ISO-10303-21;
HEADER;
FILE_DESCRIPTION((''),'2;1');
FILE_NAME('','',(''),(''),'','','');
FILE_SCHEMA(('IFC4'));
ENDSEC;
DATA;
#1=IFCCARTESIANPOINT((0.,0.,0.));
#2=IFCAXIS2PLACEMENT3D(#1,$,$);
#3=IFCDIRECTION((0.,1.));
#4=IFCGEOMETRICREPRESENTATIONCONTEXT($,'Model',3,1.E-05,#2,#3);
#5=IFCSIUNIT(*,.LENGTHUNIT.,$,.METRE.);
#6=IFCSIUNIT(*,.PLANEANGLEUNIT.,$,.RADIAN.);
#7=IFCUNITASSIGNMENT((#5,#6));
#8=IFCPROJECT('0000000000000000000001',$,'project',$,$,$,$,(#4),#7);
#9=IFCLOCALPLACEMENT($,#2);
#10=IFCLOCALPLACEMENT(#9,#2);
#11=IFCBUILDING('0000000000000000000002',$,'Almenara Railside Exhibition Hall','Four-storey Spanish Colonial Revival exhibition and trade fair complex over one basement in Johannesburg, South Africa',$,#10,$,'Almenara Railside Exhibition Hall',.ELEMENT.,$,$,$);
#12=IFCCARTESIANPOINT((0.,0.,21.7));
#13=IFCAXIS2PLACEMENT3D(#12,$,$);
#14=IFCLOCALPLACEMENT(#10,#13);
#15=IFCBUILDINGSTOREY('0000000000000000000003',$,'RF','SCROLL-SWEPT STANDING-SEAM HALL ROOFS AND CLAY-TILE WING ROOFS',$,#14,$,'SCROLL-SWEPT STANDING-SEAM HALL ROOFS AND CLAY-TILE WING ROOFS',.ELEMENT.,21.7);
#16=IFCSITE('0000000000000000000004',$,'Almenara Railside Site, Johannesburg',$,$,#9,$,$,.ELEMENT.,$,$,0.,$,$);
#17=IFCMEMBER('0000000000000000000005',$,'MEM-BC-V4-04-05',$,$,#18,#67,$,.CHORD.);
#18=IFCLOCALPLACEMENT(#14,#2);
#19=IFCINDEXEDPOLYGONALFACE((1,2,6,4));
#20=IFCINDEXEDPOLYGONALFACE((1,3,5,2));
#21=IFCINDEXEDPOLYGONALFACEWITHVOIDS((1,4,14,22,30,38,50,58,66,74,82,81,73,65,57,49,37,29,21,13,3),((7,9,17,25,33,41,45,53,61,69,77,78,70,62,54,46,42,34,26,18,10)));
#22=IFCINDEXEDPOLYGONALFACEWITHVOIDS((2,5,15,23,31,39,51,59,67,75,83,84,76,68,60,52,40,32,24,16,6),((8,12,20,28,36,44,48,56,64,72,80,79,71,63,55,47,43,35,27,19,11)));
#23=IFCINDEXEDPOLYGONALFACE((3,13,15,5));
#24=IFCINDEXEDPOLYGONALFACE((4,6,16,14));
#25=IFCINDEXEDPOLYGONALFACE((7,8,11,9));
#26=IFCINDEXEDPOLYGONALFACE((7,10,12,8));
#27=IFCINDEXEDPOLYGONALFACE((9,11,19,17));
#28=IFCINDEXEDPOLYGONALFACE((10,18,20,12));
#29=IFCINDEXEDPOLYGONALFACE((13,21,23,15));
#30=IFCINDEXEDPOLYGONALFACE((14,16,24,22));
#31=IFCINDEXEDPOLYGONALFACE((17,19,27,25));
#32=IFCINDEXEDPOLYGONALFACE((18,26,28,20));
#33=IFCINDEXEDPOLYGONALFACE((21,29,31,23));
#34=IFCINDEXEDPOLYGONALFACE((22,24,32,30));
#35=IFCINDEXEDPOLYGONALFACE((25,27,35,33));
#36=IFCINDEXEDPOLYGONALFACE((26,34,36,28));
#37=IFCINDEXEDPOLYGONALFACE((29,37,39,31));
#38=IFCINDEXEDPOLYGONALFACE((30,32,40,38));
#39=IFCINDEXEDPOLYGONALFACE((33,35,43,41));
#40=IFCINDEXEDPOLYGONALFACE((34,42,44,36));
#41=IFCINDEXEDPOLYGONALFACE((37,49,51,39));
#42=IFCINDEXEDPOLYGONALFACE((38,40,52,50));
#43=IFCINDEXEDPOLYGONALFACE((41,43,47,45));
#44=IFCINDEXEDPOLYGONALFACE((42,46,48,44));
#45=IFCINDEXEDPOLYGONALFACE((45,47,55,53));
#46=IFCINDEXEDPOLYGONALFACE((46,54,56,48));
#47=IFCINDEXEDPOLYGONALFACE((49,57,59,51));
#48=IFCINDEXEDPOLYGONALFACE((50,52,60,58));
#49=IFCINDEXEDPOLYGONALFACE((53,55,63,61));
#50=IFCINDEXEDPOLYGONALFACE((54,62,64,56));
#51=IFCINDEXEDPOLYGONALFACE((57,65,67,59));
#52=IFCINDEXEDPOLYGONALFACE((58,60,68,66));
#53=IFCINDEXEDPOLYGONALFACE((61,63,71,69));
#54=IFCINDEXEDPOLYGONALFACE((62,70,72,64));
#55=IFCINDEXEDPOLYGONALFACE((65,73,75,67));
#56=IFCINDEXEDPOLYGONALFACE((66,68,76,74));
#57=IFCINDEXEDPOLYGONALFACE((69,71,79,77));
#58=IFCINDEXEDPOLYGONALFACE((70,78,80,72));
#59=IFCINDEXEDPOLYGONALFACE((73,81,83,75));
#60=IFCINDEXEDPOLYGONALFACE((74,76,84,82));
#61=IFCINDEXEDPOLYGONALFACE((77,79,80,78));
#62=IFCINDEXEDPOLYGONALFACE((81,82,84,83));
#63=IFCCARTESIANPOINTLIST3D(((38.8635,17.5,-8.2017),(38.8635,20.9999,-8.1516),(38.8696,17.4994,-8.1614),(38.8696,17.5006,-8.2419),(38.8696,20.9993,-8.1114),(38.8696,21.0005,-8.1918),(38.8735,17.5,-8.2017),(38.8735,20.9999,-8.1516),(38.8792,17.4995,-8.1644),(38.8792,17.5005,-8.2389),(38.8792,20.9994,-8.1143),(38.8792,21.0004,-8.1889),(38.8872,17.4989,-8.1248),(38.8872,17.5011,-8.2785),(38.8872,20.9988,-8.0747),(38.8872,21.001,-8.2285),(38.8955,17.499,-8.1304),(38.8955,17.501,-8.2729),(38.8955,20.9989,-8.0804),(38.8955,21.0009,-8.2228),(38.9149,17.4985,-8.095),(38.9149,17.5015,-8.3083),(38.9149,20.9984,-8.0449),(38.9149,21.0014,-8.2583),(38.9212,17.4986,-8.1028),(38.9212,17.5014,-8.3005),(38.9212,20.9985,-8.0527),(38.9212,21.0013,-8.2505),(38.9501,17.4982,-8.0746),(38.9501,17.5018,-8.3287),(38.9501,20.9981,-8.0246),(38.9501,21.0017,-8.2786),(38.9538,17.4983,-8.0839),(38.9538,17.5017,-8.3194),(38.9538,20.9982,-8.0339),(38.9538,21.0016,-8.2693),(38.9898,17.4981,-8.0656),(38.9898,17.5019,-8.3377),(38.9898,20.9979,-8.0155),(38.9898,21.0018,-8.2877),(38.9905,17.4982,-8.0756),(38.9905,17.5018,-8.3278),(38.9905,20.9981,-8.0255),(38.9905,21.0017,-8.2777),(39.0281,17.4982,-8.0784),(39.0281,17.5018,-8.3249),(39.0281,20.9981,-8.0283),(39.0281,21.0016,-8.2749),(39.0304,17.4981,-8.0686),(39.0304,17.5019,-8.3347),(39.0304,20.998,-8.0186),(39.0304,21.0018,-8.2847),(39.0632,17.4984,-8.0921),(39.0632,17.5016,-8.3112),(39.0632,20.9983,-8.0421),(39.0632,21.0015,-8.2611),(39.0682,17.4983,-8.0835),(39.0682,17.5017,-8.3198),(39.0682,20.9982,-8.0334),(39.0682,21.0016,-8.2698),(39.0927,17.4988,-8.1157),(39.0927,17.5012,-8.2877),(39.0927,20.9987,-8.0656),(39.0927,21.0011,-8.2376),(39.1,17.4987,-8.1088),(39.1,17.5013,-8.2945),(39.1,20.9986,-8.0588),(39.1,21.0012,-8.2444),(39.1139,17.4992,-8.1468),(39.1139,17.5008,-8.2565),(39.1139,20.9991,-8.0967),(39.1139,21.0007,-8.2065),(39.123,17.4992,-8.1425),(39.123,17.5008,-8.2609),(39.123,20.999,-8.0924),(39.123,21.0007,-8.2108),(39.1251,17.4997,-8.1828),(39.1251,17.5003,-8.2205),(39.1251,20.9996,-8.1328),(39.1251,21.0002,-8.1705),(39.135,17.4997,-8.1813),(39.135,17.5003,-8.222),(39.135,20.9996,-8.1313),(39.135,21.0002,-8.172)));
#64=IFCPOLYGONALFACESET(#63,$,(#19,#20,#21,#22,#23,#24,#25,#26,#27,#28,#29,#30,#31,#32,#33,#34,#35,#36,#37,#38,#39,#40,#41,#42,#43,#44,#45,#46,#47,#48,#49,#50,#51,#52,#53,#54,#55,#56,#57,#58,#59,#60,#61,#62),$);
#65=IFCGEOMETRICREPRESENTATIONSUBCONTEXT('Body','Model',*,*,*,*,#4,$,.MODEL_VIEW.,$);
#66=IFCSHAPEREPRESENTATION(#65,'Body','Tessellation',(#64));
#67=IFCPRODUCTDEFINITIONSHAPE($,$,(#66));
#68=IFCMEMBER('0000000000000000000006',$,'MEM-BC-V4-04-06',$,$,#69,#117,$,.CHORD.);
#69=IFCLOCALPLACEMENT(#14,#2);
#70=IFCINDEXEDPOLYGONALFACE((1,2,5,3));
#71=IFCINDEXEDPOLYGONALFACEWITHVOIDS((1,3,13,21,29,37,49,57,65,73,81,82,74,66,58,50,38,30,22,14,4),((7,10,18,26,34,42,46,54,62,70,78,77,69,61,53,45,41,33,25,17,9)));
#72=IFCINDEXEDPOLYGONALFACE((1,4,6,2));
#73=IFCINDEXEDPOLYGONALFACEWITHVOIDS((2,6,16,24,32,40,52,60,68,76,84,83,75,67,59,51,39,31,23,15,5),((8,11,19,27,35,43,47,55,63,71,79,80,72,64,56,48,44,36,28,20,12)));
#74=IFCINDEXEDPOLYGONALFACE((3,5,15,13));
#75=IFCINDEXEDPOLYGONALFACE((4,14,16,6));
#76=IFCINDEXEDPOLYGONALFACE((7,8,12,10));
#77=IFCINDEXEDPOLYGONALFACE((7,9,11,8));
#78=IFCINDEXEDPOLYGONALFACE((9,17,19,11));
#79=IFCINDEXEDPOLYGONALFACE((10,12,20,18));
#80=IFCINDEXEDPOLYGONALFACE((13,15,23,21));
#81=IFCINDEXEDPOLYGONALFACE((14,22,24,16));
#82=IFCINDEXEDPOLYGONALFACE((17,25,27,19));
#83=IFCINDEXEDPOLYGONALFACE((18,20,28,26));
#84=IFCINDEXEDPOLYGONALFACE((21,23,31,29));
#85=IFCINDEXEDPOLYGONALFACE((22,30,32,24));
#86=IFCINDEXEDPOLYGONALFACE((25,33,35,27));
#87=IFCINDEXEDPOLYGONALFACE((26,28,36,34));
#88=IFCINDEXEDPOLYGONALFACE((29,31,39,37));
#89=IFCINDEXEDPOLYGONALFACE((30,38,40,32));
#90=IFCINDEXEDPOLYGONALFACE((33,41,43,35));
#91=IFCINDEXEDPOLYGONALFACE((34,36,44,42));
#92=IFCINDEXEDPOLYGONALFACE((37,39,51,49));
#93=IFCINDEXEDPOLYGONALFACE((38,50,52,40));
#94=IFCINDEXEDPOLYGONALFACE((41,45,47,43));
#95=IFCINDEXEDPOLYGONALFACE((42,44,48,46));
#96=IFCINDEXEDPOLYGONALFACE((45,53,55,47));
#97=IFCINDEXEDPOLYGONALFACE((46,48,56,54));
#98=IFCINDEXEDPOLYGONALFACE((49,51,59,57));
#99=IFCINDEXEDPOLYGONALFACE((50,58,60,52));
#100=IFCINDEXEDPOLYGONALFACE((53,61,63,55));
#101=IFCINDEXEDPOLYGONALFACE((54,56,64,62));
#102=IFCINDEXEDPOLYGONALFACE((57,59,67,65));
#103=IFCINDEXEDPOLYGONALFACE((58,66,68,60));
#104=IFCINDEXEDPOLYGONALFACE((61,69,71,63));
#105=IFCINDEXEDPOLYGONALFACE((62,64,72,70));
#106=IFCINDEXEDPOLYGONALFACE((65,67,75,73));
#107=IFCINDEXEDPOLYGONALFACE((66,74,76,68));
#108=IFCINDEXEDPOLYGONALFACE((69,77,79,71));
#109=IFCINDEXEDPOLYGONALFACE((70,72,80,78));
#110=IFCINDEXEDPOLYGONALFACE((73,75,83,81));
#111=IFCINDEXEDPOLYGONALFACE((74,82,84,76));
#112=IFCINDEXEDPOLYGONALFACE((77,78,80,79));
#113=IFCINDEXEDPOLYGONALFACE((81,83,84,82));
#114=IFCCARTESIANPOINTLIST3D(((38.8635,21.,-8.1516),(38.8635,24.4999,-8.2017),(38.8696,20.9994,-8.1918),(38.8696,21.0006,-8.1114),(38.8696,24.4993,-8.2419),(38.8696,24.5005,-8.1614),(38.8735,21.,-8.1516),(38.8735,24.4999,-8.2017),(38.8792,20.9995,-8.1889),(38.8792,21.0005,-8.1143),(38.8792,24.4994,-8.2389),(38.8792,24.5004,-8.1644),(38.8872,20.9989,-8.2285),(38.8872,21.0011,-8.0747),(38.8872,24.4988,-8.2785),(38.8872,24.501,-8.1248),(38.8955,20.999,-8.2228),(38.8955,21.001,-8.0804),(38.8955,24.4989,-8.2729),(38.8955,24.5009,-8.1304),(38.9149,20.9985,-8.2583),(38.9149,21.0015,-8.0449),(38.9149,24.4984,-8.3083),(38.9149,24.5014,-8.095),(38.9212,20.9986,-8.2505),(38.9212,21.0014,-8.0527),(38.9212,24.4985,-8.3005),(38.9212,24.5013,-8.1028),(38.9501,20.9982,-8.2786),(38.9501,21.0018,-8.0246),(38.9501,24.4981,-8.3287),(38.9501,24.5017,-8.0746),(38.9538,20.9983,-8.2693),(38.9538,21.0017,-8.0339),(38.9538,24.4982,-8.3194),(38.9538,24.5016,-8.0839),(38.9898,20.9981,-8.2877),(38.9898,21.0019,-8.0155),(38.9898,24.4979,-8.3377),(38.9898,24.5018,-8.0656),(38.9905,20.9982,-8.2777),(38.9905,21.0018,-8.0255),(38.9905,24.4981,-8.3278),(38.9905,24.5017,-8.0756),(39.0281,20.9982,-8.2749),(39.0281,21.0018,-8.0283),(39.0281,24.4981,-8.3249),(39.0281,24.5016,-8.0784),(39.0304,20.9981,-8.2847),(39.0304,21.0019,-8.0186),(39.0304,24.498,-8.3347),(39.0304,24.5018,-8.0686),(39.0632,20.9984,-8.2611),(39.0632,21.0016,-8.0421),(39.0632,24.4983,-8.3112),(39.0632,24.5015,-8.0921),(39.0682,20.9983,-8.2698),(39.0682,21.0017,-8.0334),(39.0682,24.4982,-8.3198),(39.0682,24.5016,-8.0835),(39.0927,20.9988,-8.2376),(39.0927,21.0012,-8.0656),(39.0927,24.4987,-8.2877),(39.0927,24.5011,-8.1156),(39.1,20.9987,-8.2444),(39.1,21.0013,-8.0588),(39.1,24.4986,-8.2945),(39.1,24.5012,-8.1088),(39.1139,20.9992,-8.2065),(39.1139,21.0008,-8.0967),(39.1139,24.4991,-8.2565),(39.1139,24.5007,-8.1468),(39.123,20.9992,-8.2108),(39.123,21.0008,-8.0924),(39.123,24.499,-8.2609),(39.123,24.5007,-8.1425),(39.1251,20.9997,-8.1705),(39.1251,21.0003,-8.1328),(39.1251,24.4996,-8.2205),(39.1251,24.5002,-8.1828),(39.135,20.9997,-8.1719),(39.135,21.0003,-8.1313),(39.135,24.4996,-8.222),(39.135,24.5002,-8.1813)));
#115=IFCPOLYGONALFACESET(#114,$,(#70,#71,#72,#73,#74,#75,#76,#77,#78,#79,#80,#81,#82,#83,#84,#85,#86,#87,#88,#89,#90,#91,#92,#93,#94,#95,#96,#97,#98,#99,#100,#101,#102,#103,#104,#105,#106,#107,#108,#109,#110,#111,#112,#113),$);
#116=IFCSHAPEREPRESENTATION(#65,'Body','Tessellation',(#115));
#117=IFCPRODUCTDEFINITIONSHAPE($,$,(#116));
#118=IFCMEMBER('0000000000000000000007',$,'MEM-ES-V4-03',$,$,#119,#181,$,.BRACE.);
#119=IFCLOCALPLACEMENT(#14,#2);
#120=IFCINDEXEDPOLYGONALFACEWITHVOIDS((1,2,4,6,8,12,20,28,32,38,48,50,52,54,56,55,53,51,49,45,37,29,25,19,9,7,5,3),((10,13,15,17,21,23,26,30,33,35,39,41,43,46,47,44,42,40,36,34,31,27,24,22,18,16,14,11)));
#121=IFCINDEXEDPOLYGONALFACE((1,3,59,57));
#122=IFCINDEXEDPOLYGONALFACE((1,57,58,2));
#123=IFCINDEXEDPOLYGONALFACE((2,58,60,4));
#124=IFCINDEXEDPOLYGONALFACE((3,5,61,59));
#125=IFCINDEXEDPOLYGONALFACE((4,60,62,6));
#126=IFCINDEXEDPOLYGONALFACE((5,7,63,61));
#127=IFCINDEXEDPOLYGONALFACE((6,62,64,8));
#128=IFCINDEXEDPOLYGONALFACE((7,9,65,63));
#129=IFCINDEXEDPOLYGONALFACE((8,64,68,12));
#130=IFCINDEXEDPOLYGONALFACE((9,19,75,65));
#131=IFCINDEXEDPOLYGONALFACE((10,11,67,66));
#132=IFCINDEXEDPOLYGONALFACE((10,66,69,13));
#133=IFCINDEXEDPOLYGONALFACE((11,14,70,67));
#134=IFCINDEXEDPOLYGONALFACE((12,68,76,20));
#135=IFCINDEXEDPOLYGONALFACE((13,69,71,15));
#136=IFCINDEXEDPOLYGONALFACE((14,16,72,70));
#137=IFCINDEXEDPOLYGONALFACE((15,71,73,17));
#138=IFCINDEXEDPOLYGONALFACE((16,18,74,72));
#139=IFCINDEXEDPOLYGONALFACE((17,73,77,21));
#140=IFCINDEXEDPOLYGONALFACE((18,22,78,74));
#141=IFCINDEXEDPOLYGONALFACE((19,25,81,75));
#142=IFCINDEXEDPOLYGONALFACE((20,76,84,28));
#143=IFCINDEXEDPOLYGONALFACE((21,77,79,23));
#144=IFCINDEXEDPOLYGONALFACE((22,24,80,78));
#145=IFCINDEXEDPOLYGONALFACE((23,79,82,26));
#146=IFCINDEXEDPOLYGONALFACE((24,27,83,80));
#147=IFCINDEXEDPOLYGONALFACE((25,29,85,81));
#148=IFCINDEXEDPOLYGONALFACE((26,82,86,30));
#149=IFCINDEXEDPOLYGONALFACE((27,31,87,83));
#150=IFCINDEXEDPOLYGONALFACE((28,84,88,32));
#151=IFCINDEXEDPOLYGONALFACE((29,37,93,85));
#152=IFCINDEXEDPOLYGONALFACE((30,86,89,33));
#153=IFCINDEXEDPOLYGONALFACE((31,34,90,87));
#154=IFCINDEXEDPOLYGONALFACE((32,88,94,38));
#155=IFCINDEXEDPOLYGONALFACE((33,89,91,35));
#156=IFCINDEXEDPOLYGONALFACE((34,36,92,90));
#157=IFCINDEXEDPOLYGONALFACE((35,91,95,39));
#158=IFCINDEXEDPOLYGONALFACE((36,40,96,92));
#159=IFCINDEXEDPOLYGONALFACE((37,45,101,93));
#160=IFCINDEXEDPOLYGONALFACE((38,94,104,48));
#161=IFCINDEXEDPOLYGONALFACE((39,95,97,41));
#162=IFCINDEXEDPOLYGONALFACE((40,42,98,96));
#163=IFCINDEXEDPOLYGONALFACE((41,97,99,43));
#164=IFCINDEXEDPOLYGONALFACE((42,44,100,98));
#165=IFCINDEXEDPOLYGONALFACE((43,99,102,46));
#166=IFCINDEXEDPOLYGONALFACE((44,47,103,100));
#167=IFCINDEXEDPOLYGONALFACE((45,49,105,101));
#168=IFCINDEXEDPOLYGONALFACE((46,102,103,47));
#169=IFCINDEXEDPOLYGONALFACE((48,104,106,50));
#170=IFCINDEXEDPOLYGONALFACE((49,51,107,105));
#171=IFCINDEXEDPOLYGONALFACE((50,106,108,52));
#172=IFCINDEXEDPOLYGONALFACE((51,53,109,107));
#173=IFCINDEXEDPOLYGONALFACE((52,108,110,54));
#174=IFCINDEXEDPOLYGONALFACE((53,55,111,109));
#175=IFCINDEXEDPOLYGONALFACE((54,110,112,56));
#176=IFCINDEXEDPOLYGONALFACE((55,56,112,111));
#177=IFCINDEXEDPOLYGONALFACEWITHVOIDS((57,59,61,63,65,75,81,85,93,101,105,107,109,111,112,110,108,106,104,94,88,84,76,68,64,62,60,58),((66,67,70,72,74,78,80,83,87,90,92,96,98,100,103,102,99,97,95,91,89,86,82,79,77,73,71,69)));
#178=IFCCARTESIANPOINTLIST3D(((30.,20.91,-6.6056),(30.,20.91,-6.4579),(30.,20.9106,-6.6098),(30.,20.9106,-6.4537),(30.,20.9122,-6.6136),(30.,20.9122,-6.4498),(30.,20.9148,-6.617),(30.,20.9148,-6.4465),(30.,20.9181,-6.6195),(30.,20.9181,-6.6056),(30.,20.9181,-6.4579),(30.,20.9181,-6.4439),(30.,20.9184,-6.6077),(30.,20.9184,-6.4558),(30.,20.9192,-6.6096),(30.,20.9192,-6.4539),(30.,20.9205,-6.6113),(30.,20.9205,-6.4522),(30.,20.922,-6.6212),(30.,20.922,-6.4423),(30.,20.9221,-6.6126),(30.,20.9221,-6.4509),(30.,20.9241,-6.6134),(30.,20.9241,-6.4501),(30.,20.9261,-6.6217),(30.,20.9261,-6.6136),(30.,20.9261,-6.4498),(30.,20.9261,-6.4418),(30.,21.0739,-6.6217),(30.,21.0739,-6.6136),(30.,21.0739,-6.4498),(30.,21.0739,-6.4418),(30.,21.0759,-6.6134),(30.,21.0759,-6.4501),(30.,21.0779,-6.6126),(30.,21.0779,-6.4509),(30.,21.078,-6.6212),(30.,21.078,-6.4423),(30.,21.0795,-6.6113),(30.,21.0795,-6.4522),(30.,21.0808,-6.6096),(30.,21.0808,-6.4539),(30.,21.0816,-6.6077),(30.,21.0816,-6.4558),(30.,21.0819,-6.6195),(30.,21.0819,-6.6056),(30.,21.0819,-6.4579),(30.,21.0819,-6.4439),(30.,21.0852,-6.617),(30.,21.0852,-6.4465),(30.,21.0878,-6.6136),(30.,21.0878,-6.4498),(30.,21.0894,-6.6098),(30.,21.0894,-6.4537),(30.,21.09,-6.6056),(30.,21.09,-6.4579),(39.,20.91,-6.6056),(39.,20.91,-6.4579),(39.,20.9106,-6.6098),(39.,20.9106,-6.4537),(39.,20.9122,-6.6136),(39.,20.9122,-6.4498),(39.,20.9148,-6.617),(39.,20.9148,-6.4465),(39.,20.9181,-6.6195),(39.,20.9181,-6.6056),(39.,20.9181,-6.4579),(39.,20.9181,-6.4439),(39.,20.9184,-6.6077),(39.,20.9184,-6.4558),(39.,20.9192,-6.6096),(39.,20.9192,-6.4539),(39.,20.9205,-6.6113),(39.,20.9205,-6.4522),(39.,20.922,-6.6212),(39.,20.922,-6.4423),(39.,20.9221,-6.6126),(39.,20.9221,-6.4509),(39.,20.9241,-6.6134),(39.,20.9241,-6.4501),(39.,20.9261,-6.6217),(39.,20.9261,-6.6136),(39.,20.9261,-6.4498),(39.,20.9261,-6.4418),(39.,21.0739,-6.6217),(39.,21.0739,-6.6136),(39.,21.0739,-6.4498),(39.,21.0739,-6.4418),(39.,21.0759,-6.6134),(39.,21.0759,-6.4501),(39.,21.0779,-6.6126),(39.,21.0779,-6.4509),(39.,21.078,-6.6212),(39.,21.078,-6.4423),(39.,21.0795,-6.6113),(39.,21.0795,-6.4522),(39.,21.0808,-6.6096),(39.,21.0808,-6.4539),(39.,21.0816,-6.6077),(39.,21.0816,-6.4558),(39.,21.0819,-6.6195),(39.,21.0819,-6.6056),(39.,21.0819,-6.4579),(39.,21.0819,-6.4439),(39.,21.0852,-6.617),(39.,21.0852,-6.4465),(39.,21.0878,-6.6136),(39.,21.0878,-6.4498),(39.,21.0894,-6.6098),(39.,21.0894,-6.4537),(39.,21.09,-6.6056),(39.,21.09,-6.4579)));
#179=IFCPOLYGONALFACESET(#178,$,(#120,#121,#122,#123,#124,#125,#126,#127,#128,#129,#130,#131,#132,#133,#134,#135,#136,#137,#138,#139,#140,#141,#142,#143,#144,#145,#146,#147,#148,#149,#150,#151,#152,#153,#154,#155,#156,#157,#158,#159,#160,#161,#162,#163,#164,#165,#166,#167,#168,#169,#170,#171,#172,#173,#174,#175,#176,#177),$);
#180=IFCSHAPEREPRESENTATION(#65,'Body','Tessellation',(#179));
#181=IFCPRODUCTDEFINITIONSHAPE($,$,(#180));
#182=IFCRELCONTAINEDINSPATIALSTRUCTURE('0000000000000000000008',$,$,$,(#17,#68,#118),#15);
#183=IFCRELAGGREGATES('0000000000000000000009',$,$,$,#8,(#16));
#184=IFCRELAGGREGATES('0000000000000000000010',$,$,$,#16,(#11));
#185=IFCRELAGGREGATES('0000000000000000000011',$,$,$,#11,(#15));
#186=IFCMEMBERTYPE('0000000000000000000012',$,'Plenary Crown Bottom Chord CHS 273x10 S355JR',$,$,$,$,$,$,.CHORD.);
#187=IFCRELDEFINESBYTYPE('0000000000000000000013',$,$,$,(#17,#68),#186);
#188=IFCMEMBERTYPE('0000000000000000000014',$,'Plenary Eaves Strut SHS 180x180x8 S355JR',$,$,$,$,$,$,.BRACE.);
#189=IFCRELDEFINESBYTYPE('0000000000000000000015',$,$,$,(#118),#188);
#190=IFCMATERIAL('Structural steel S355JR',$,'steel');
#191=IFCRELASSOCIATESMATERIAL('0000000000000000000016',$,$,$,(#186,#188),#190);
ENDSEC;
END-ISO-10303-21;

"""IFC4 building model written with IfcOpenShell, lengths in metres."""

from ifc_helpers import new_model, si_unit, direction, frame, origin, origin_2d, place, context, subcontext, project, spatial, hollow_rectangle, hollow_circle, extrude, material, material_profile, profile_set, type_object, element, save


model = new_model("IFC4")

# Units and contexts
model_context = context("Model", 3, precision=1e-05, world=origin(), true_north=direction((0.0, 1.0)))
body_context = subcontext(model_context, "Body", "Model", "MODEL_VIEW")
ifc_project = project(units=[si_unit("LENGTHUNIT", "METRE"), si_unit("PLANEANGLEUNIT", "RADIAN")], contexts=[model_context])

# Site, building, storey
site_placement = place(None, origin())
site = spatial("IfcSite", under=ifc_project, at=site_placement, Name="Almenara Railside Site, Johannesburg", CompositionType="ELEMENT", RefElevation=0.0)
building_placement = place(site_placement, origin())
building = spatial("IfcBuilding", under=site, at=building_placement, Name="Almenara Railside Exhibition Hall", Description="Four-storey Spanish Colonial Revival exhibition and trade fair complex over one basement in Johannesburg, South Africa", LongName="Almenara Railside Exhibition Hall", CompositionType="ELEMENT")
storey_placement = place(building_placement, frame((0.0, 0.0, 21.7)))
storey = spatial("IfcBuildingStorey", under=building, at=storey_placement, Name="RF", Description="SCROLL-SWEPT STANDING-SEAM HALL ROOFS AND CLAY-TILE WING ROOFS", LongName="SCROLL-SWEPT STANDING-SEAM HALL ROOFS AND CLAY-TILE WING ROOFS", CompositionType="ELEMENT", Elevation=21.7)

# Members
ifc_material_1 = material(Name="Structural steel S355JR", Category="steel")
ifc_material_profile_1 = material_profile(ifc_material_1, hollow_circle(Radius=0.1365, WallThickness=0.01, at=origin_2d()), Name="CHS 273x10")
ifc_profile_set_1 = profile_set([ifc_material_profile_1], Name="Structural steel S355JR")
member_type_1 = type_object("IfcMemberType", Name="Plenary Crown Bottom Chord CHS 273x10 S355JR", PredefinedType="CHORD", material=ifc_profile_set_1)
for number, where, z_axis, x_axis, name in (
    (1, (39.0, 17.5, -8.2017), (0.0, 0.999898, 0.014298), (-1.0, 0.0, 0.0), "MEM-BC-V4-04-05"),
    (2, (39.0, 21.0, -8.1516), (0.0, 0.999898, -0.014298), (-1.0, 0.0, 0.0), "MEM-BC-V4-04-06"),
):
    element("IfcMember", number, at=place(storey_placement, frame(where, z_axis=z_axis, x_axis=x_axis)), inside=storey, type_object=member_type_1, Name=name, PredefinedType="CHORD", context=body_context, shape_type="SweptSolid", body=[
        extrude(hollow_circle(Radius=0.1365, WallThickness=0.01, at=origin_2d()), origin(), (0.0, 0.0, 1.0), 3.5002),
    ])
ifc_material_profile_2 = material_profile(ifc_material_1, hollow_rectangle(XDim=0.1799, YDim=0.1799, WallThickness=0.0081, InnerFilletRadius=0.0081, OuterFilletRadius=0.0161, at=origin_2d()), Name="SHS 180x180x8")
ifc_profile_set_2 = profile_set([ifc_material_profile_2], Name="Structural steel S355JR")
member_type_2 = type_object("IfcMemberType", Name="Plenary Eaves Strut SHS 180x180x8 S355JR", PredefinedType="BRACE", material=ifc_profile_set_2)
member_1_placement = place(storey_placement, frame((30.0, 21.0, -6.5317), z_axis=(1.0, 0.0, 0.0), x_axis=(0.0, 1.0, 0.0)))
element("IfcMember", 3, at=member_1_placement, inside=storey, type_object=member_type_2, Name="MEM-ES-V4-03", PredefinedType="BRACE", context=body_context, shape_type="SweptSolid", body=[
    extrude(hollow_rectangle(XDim=0.1799, YDim=0.1799, WallThickness=0.0081, InnerFilletRadius=0.0081, OuterFilletRadius=0.0161, at=origin_2d()), origin(), (0.0, 0.0, 1.0), 9.0),
])

save(model, "model.ifc")
